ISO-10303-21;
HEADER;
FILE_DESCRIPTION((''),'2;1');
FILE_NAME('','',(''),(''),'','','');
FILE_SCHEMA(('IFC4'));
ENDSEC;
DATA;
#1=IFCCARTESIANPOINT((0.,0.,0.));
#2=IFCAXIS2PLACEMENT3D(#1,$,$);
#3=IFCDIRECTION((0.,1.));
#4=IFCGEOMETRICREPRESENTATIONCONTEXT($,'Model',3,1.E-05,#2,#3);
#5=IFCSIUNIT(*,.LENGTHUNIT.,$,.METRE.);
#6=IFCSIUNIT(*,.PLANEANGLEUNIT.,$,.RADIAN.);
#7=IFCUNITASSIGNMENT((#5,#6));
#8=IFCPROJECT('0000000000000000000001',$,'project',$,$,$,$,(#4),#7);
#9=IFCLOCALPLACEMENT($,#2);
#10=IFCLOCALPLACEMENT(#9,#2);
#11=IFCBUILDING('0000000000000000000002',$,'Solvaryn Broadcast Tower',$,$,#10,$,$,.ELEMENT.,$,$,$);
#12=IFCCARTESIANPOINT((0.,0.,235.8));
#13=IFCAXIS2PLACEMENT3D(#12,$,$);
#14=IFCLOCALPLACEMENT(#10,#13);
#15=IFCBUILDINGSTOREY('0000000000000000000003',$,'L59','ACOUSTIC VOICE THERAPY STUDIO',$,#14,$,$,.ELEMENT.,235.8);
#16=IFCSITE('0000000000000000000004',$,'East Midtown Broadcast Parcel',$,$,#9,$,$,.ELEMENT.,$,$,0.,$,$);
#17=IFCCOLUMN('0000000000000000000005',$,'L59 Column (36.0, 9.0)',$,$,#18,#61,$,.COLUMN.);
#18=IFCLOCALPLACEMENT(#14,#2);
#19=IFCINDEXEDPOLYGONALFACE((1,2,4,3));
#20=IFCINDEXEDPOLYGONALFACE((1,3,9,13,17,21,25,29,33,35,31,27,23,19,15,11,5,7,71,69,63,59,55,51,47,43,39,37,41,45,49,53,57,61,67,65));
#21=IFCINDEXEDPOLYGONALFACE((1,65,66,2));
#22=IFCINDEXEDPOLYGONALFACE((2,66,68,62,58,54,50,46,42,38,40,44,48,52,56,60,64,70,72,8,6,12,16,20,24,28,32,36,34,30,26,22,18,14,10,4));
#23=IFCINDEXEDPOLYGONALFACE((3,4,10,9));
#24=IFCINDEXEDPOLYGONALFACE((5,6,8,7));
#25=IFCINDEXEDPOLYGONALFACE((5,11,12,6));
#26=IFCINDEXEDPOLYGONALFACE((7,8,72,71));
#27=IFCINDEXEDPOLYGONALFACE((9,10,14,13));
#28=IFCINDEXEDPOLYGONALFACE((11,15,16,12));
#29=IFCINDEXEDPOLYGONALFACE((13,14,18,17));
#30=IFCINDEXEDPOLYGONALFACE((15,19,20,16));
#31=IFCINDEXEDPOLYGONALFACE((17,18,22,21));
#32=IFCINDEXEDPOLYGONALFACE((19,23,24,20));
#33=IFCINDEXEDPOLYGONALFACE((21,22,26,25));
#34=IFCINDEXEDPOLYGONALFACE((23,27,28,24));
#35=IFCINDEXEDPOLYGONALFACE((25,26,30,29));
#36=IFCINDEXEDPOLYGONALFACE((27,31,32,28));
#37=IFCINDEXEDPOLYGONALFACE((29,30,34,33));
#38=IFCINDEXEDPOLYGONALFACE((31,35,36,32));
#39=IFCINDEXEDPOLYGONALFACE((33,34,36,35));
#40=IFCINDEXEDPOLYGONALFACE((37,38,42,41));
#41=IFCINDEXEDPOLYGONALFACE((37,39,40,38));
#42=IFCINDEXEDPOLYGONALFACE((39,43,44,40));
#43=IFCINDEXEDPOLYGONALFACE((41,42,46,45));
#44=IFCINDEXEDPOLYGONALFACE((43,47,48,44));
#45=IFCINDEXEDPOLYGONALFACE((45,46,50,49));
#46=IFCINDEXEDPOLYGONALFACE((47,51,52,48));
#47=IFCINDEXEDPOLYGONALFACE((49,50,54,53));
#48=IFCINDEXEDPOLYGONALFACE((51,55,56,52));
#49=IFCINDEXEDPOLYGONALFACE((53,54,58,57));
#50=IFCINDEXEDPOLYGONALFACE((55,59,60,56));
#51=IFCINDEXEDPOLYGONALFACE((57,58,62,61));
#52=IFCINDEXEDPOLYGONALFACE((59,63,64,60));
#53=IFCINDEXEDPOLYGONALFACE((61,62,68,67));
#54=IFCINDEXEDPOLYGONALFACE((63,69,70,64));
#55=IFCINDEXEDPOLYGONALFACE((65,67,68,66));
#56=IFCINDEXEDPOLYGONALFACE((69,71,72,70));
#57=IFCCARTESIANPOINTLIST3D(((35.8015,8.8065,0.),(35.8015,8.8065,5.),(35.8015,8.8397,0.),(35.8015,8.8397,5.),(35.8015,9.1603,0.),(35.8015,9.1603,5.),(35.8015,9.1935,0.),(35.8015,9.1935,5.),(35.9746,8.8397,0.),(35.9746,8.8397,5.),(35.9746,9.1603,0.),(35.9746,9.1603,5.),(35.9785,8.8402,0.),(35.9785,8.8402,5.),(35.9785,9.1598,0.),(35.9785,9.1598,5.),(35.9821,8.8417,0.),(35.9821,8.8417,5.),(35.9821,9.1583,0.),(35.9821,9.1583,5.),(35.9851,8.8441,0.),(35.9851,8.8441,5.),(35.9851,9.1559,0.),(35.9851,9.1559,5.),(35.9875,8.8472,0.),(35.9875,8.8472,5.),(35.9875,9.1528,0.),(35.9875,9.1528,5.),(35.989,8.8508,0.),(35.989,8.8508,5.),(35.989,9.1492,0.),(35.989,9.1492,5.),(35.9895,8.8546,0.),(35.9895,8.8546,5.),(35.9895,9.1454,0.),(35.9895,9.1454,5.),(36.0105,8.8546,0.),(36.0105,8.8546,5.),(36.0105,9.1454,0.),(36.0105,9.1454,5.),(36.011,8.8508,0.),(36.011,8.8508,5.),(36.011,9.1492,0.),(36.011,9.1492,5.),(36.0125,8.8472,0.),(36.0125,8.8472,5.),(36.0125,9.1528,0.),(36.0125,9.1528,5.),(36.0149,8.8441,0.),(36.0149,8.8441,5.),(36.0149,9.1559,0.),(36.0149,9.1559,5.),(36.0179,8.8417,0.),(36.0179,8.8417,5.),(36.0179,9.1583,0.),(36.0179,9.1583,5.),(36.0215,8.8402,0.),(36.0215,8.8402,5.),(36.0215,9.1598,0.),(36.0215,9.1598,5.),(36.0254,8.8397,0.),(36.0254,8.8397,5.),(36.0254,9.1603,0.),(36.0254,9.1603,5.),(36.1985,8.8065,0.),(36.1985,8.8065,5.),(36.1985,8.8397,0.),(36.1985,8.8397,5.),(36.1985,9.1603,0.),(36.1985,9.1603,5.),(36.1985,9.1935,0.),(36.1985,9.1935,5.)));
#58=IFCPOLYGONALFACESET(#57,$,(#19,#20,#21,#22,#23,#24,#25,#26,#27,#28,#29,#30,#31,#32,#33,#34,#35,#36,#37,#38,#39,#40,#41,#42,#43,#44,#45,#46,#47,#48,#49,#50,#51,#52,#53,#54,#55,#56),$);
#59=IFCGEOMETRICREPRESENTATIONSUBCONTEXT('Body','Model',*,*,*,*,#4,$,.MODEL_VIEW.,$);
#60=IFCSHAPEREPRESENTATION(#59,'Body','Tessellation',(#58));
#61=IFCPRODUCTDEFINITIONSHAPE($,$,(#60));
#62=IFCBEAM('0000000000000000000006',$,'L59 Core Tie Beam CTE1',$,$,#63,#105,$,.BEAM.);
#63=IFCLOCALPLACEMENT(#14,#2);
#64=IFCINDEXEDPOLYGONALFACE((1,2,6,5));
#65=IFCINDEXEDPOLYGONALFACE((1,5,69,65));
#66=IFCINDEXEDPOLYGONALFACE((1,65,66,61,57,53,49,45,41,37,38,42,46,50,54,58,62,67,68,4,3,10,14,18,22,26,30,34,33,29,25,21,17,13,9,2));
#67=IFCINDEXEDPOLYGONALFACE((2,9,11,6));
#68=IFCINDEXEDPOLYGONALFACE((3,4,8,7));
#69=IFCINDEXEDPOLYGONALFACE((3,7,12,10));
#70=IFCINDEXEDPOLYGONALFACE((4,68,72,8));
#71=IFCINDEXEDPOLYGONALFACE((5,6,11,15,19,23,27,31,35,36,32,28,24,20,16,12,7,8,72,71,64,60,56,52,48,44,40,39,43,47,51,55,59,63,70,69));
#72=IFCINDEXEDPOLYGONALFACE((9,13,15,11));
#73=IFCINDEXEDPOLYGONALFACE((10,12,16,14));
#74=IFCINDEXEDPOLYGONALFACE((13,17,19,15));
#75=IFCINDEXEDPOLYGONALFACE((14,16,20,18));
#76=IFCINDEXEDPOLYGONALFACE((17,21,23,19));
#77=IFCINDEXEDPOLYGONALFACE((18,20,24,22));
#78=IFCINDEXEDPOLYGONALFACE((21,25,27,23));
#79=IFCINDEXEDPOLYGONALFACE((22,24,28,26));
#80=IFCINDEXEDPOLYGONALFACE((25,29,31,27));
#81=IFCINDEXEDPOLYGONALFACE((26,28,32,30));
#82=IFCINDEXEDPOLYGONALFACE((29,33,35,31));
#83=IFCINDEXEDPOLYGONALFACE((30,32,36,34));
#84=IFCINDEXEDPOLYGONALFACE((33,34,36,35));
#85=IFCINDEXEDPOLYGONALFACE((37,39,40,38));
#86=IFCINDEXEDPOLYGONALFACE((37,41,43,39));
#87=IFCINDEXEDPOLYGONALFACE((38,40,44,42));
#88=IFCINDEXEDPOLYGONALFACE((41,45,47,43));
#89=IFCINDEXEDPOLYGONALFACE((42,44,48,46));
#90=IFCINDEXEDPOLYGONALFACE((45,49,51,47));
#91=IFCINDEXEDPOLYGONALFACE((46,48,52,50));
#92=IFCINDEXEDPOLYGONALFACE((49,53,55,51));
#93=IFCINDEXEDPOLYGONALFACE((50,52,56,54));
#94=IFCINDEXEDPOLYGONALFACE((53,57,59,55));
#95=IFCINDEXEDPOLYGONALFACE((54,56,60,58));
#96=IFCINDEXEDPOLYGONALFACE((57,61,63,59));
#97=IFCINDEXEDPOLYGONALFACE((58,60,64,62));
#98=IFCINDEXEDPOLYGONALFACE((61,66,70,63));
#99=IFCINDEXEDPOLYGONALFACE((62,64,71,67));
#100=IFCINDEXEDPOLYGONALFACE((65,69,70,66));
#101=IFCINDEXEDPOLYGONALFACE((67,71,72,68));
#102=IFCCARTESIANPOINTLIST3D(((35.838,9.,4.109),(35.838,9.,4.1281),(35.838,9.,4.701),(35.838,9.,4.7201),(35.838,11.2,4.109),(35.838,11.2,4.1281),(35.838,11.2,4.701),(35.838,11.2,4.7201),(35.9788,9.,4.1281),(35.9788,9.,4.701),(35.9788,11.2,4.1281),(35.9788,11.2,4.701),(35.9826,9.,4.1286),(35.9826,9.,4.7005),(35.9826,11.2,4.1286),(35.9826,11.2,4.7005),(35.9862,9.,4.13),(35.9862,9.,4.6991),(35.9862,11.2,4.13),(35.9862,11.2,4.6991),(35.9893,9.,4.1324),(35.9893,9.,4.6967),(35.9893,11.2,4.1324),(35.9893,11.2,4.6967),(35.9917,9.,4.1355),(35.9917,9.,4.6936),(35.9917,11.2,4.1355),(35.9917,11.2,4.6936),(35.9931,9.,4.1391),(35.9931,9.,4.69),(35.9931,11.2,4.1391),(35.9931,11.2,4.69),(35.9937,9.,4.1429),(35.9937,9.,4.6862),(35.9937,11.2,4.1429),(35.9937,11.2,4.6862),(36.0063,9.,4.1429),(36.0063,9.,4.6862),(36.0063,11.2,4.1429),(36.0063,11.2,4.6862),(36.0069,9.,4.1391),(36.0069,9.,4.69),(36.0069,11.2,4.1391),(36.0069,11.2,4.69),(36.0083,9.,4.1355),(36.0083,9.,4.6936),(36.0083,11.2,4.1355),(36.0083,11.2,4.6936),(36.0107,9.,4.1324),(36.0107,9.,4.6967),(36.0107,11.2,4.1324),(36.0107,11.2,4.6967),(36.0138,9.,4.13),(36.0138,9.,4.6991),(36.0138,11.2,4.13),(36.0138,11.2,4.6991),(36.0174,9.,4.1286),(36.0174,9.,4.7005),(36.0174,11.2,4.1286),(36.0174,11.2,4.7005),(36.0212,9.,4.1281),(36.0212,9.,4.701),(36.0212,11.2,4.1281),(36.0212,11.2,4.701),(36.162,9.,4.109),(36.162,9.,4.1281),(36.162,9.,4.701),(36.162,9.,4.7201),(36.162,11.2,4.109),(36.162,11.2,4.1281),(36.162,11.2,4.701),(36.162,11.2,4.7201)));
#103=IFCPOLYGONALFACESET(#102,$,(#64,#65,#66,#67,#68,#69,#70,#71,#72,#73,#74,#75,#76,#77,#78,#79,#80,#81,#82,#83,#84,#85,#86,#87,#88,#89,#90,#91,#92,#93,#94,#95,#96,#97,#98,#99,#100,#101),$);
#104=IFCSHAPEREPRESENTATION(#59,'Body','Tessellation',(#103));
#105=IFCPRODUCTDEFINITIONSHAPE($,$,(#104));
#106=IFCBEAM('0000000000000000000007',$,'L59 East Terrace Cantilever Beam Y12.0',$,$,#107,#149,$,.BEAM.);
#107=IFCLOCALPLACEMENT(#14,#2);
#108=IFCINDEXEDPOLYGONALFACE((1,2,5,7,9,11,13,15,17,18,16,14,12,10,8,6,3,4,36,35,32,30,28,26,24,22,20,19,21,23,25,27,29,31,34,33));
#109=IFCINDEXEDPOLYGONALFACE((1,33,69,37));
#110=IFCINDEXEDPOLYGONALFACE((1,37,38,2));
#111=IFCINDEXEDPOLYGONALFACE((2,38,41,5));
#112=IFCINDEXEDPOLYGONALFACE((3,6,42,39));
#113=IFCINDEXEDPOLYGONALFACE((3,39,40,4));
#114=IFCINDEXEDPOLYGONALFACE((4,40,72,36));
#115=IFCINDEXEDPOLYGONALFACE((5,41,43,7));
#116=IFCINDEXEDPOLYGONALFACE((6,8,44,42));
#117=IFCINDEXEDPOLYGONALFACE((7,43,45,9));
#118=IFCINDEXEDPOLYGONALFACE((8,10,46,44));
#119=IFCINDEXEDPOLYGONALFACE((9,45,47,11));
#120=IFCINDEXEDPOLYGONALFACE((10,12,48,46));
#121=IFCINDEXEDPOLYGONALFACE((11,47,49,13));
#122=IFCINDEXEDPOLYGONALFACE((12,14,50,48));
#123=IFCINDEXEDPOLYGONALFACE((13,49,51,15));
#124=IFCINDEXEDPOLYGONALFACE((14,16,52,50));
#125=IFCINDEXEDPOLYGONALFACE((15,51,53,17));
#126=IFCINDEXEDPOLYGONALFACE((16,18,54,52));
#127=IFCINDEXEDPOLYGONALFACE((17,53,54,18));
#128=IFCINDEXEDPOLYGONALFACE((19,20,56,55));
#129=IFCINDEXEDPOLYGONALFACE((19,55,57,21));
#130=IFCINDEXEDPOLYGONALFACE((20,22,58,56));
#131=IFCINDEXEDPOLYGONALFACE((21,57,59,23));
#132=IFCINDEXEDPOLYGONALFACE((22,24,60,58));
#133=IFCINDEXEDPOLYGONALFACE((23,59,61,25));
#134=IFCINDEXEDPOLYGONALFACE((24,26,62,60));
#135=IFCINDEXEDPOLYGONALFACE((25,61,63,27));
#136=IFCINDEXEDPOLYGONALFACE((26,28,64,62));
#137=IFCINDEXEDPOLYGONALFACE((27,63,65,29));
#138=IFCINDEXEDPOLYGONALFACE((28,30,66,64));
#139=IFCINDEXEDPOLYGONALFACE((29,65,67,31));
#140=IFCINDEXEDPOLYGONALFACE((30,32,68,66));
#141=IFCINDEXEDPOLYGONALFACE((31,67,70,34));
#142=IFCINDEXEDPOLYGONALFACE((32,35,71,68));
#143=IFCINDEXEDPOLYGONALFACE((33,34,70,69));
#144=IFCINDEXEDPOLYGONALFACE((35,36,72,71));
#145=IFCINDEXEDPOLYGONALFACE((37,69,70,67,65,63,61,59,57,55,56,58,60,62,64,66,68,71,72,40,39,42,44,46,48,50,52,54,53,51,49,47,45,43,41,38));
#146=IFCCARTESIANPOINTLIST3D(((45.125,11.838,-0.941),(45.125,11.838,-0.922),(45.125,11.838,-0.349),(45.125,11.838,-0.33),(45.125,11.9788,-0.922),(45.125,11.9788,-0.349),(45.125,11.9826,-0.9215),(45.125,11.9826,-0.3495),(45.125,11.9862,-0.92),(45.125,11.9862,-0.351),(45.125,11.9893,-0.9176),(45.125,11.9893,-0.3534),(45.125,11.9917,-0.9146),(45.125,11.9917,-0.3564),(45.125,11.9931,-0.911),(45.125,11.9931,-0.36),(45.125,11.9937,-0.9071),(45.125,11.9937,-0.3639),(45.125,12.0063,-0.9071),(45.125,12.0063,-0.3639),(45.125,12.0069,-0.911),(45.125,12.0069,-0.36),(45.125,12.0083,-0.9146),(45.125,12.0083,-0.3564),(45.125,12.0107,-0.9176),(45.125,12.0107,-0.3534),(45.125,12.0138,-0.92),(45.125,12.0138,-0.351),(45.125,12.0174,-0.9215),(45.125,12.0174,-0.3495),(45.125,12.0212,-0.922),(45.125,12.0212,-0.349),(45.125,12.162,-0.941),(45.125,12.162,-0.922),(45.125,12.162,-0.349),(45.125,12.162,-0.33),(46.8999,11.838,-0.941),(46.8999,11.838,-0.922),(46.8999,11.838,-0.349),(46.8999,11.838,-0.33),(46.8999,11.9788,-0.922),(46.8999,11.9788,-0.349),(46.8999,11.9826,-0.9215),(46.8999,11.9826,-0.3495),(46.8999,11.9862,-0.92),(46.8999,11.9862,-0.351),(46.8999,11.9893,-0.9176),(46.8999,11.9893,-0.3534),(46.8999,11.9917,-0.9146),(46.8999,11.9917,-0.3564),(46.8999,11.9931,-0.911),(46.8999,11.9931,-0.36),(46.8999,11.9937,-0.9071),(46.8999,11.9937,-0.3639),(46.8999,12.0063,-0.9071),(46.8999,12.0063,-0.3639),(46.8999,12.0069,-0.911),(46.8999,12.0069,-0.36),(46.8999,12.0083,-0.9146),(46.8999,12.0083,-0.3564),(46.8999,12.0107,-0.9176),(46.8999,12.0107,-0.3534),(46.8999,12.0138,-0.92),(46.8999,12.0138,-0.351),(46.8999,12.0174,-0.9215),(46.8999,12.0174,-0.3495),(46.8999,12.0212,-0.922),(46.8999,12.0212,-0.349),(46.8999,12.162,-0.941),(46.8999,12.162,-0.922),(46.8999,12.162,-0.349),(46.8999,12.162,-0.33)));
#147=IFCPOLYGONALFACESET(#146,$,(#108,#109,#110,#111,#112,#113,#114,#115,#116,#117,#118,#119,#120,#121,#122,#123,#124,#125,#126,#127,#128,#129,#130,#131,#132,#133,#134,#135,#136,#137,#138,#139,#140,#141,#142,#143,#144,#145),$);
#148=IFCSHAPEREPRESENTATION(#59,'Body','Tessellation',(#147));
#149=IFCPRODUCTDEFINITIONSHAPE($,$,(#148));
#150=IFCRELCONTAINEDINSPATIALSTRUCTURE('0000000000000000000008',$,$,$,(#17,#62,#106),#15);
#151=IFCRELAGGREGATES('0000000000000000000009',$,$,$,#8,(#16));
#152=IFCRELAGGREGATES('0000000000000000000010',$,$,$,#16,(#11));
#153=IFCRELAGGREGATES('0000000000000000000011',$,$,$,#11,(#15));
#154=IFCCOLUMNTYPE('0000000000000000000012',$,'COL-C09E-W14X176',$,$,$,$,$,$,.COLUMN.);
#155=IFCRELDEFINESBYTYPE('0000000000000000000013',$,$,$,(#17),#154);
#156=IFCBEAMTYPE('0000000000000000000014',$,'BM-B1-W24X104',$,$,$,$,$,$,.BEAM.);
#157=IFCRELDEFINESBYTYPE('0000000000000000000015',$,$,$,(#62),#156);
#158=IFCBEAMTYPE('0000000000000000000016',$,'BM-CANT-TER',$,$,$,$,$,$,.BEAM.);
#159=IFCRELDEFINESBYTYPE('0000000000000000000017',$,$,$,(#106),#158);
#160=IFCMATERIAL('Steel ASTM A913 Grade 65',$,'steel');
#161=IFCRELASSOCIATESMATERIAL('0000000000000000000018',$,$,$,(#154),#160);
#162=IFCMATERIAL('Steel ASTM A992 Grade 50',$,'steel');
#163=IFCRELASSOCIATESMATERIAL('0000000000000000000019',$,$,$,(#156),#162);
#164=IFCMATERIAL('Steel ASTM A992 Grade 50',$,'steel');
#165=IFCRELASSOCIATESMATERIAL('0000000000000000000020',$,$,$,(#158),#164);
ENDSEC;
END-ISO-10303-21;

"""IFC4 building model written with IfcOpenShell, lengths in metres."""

from ifc_helpers import new_model, si_unit, direction, frame, origin, origin_2d, place, context, subcontext, project, spatial, i_section, extrude, material, material_profile, profile_set, type_object, element, save


model = new_model("IFC4")

# Units and contexts
model_context = context("Model", 3, precision=1e-05, world=origin(), true_north=direction((0.0, 1.0)))
body_context = subcontext(model_context, "Body", "Model", "MODEL_VIEW")
ifc_project = project(units=[si_unit("LENGTHUNIT", "METRE"), si_unit("PLANEANGLEUNIT", "RADIAN")], contexts=[model_context])

# Site, building, storey
site_placement = place(None, origin())
site = spatial("IfcSite", under=ifc_project, at=site_placement, Name="East Midtown Broadcast Parcel", CompositionType="ELEMENT", RefElevation=0.0)
building_placement = place(site_placement, origin())
building = spatial("IfcBuilding", under=site, at=building_placement, Name="Solvaryn Broadcast Tower", CompositionType="ELEMENT")
storey_placement = place(building_placement, frame((0.0, 0.0, 235.8)))
storey = spatial("IfcBuildingStorey", under=building, at=storey_placement, Name="L59", Description="ACOUSTIC VOICE THERAPY STUDIO", CompositionType="ELEMENT", Elevation=235.8)

# Column
ifc_material_1 = material(Name="Steel ASTM A913 Grade 65", Category="steel")
ifc_material_profile_1 = material_profile(ifc_material_1, i_section(OverallWidth=0.397, OverallDepth=0.387, WebThickness=0.021, FlangeThickness=0.0332, FilletRadius=0.0149, at=origin_2d()))
ifc_profile_set_1 = profile_set([ifc_material_profile_1], Name="Steel ASTM A913 Grade 65")
column_type = type_object("IfcColumnType", Name="COL-C09E-W14X176", PredefinedType="COLUMN", material=ifc_profile_set_1)
column_placement = place(storey_placement, frame((36.0, 9.0, 0.0), z_axis=(0.0, 0.0, 1.0), x_axis=(1.0, 0.0, 0.0)))
element("IfcColumn", 1, at=column_placement, inside=storey, type_object=column_type, Name="L59 Column (36.0, 9.0)", PredefinedType="COLUMN", context=body_context, shape_type="SweptSolid", body=[
    extrude(i_section(OverallWidth=0.397, OverallDepth=0.387, WebThickness=0.021, FlangeThickness=0.0332, FilletRadius=0.0149, at=origin_2d()), origin(), (0.0, 0.0, 1.0), 5.0),
])

# Beams
ifc_material_2 = material(Name="Steel ASTM A992 Grade 50", Category="steel")
ifc_material_profile_2 = material_profile(ifc_material_2, i_section(OverallWidth=0.324, OverallDepth=0.6111, WebThickness=0.0127, FlangeThickness=0.019, FilletRadius=0.0149, at=origin_2d()))
ifc_profile_set_2 = profile_set([ifc_material_profile_2], Name="Steel ASTM A992 Grade 50")
beam_type_1 = type_object("IfcBeamType", Name="BM-B1-W24X104", PredefinedType="BEAM", material=ifc_profile_set_2)
beam_1_placement = place(storey_placement, frame((36.0, 9.0, 4.4146), z_axis=(0.0, 1.0, 0.0), x_axis=(-1.0, 0.0, 0.0)))
element("IfcBeam", 2, at=beam_1_placement, inside=storey, type_object=beam_type_1, Name="L59 Core Tie Beam CTE1", PredefinedType="BEAM", context=body_context, shape_type="SweptSolid", body=[
    extrude(i_section(OverallWidth=0.324, OverallDepth=0.6111, WebThickness=0.0127, FlangeThickness=0.019, FilletRadius=0.0149, at=origin_2d()), origin(), (0.0, 0.0, 1.0), 2.2),
])
ifc_material_3 = material(Name="Steel ASTM A992 Grade 50", Category="steel")
ifc_material_profile_3 = material_profile(ifc_material_3, i_section(OverallWidth=0.324, OverallDepth=0.6111, WebThickness=0.0127, FlangeThickness=0.019, FilletRadius=0.0149, at=origin_2d()))
ifc_profile_set_3 = profile_set([ifc_material_profile_3], Name="Steel ASTM A992 Grade 50")
beam_type_2 = type_object("IfcBeamType", Name="BM-CANT-TER", PredefinedType="BEAM", material=ifc_profile_set_3)
beam_2_placement = place(storey_placement, frame((45.125, 12.0, -0.6355), z_axis=(1.0, 0.0, 0.0), x_axis=(0.0, 1.0, 0.0)))
element("IfcBeam", 3, at=beam_2_placement, inside=storey, type_object=beam_type_2, Name="L59 East Terrace Cantilever Beam Y12.0", PredefinedType="BEAM", context=body_context, shape_type="SweptSolid", body=[
    extrude(i_section(OverallWidth=0.324, OverallDepth=0.6111, WebThickness=0.0127, FlangeThickness=0.019, FilletRadius=0.0149, at=origin_2d()), origin(), (0.0, 0.0, 1.0), 1.7749),
])

save(model, "model.ifc")
